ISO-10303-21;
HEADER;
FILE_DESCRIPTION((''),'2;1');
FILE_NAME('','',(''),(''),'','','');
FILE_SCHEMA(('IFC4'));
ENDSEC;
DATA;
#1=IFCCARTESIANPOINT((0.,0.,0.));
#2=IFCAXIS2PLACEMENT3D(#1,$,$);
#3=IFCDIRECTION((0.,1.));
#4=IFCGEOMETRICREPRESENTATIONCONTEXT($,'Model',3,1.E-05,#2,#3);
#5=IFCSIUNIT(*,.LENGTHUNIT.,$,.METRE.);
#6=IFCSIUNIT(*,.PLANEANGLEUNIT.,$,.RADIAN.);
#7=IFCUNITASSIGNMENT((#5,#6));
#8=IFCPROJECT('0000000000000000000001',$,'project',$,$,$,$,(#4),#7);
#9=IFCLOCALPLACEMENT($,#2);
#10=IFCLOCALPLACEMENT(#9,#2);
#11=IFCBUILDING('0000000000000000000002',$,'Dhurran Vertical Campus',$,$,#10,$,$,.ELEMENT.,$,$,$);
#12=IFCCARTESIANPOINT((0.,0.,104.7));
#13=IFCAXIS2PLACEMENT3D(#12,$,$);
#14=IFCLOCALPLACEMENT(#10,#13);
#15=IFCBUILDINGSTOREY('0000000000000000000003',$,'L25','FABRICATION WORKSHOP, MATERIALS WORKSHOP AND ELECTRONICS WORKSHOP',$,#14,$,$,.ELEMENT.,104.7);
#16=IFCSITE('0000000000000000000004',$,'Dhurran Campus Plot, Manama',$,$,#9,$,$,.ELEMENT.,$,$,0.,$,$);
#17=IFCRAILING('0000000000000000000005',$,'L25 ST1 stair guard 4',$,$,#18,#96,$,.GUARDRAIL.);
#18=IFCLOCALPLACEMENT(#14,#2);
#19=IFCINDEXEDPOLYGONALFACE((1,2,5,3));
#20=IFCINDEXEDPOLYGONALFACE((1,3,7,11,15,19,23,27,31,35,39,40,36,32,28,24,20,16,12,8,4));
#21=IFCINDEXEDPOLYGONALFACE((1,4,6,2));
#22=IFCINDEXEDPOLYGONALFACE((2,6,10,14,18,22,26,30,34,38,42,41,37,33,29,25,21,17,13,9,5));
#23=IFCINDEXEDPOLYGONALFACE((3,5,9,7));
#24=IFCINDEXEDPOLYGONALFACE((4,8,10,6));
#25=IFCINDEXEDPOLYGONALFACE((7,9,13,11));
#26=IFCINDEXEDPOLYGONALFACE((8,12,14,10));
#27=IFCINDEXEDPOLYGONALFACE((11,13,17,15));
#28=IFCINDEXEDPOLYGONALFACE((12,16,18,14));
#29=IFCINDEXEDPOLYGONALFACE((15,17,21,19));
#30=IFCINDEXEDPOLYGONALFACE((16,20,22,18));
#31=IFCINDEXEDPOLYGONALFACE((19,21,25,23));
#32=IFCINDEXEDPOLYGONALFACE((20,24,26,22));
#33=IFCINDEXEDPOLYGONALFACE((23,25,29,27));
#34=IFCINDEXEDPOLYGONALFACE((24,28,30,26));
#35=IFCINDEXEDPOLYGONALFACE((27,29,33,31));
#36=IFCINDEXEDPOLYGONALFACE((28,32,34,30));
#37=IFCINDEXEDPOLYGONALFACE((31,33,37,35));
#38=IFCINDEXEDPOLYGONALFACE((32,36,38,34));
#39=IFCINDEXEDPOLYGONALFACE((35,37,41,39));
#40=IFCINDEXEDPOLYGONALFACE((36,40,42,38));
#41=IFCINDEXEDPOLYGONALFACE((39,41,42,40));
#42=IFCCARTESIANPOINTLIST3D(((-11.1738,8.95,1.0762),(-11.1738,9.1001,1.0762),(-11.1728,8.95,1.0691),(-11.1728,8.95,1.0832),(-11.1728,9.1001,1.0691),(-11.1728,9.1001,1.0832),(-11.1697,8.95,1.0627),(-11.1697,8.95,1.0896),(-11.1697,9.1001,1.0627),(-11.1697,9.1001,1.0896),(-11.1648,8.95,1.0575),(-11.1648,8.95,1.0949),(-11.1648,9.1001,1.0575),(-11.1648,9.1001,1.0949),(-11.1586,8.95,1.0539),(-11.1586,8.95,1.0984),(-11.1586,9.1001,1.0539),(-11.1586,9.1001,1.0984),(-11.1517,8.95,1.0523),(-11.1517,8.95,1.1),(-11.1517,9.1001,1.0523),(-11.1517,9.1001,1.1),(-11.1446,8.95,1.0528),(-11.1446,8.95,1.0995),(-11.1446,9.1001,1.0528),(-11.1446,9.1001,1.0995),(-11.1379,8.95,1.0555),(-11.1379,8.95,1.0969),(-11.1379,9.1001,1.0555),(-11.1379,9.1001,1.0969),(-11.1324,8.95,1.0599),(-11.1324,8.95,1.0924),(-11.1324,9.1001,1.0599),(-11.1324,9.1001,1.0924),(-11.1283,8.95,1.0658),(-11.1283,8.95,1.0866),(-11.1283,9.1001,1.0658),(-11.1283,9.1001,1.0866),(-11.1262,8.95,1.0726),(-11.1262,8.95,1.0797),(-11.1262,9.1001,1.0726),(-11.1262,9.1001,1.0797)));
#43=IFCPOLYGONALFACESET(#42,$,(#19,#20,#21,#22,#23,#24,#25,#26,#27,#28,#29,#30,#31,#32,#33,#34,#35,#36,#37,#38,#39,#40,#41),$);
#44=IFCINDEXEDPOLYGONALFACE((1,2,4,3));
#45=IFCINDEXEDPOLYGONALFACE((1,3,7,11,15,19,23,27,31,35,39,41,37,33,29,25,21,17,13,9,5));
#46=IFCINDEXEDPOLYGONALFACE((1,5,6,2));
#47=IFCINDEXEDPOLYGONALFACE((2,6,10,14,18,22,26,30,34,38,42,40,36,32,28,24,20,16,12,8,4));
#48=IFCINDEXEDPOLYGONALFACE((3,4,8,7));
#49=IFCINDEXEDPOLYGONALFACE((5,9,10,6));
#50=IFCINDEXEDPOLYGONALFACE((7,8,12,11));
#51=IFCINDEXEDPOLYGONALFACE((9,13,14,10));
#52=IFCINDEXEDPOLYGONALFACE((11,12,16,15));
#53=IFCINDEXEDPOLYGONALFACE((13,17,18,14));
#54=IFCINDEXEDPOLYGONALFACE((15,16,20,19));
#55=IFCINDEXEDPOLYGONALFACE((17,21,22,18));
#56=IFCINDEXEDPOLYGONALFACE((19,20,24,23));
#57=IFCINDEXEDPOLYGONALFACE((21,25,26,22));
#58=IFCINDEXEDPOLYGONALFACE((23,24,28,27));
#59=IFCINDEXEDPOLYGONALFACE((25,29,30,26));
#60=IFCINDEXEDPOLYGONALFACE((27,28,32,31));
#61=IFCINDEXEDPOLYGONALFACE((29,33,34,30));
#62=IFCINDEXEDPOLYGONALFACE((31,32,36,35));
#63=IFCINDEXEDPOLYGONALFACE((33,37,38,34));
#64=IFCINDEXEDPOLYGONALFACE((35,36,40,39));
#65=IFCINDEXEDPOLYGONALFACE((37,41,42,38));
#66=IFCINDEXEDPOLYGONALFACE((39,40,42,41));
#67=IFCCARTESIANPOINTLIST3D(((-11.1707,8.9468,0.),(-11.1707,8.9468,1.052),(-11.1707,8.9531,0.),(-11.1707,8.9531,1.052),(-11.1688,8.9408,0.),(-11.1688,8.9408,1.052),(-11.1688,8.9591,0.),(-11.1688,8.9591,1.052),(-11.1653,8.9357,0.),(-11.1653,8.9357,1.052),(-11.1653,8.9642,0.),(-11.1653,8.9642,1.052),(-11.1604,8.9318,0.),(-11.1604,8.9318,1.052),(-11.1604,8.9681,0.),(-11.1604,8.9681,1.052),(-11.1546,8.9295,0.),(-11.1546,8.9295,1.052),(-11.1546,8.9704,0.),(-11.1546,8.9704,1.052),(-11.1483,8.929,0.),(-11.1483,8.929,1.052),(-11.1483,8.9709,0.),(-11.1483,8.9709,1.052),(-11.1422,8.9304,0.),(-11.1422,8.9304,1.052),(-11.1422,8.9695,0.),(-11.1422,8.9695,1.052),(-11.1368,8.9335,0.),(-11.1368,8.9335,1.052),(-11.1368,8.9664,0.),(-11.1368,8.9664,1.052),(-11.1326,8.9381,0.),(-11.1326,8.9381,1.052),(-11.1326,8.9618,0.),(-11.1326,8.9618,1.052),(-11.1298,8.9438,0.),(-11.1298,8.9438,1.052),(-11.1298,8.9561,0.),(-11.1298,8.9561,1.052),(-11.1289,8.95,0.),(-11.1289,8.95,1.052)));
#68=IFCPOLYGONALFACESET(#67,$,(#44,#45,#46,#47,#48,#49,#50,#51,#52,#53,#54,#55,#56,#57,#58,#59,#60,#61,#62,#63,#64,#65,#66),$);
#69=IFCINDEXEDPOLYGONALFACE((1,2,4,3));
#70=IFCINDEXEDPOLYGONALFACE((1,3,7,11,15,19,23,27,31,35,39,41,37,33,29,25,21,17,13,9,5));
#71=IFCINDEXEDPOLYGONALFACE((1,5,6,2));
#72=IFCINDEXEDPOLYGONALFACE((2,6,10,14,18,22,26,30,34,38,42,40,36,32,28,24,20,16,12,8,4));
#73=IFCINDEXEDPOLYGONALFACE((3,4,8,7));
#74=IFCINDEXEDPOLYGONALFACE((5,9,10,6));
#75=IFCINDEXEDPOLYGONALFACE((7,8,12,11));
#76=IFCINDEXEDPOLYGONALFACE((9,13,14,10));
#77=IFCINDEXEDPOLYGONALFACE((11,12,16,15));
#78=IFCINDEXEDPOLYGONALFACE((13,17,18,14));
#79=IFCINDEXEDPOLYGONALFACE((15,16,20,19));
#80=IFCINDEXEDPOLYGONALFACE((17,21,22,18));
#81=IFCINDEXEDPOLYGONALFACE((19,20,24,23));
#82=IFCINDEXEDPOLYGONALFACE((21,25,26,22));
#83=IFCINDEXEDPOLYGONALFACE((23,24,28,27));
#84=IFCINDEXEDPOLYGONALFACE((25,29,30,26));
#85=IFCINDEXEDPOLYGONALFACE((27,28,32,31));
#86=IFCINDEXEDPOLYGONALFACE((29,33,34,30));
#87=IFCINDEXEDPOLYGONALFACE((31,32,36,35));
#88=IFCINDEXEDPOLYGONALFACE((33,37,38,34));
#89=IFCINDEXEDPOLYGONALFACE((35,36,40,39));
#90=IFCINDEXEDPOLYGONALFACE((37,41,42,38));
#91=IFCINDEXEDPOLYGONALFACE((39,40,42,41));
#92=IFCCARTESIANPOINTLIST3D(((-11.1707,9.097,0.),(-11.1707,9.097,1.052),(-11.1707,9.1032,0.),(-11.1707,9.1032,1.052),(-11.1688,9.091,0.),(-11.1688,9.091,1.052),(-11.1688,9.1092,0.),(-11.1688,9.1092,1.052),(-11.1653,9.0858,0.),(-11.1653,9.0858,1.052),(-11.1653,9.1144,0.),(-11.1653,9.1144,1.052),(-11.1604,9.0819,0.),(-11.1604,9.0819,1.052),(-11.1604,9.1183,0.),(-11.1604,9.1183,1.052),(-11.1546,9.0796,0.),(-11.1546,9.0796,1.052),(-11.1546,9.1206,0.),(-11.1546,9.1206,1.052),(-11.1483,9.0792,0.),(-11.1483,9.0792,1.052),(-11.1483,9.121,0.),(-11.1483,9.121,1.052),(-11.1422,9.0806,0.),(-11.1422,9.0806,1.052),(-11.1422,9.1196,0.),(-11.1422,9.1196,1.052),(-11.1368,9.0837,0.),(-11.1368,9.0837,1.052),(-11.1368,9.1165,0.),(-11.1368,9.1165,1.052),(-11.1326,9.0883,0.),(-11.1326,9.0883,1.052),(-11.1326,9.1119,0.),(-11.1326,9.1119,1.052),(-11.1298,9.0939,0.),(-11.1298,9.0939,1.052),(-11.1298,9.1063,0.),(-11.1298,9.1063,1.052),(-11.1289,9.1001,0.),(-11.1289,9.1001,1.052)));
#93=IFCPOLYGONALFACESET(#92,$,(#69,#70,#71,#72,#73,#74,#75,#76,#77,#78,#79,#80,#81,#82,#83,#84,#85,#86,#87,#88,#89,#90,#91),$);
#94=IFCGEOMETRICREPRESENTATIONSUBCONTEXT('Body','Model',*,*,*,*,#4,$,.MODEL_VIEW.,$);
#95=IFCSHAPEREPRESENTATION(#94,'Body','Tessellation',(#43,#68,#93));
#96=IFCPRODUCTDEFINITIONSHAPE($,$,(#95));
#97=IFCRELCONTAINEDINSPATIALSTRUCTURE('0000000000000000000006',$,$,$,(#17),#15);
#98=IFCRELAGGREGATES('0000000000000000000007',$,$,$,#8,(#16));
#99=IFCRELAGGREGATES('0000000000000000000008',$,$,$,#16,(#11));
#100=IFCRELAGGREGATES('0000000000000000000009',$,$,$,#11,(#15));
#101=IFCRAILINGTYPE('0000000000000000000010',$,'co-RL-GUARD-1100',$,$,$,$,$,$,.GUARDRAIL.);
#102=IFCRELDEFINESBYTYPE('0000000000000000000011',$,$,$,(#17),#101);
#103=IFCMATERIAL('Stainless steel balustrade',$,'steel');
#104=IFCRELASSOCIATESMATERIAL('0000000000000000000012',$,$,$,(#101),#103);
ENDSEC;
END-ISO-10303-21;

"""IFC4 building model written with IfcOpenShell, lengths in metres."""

from ifc_helpers import new_model, si_unit, direction, frame, origin, origin_2d, place, context, subcontext, project, spatial, circle, extrude, material, type_object, element, save


model = new_model("IFC4")

# Units and contexts
model_context = context("Model", 3, precision=1e-05, world=origin(), true_north=direction((0.0, 1.0)))
body_context = subcontext(model_context, "Body", "Model", "MODEL_VIEW")
ifc_project = project(units=[si_unit("LENGTHUNIT", "METRE"), si_unit("PLANEANGLEUNIT", "RADIAN")], contexts=[model_context])

# Site, building, storey
site_placement = place(None, origin())
site = spatial("IfcSite", under=ifc_project, at=site_placement, Name="Dhurran Campus Plot, Manama", CompositionType="ELEMENT", RefElevation=0.0)
building_placement = place(site_placement, origin())
building = spatial("IfcBuilding", under=site, at=building_placement, Name="Dhurran Vertical Campus", CompositionType="ELEMENT")
storey_placement = place(building_placement, frame((0.0, 0.0, 104.7)))
storey = spatial("IfcBuildingStorey", under=building, at=storey_placement, Name="L25", Description="FABRICATION WORKSHOP, MATERIALS WORKSHOP AND ELECTRONICS WORKSHOP", CompositionType="ELEMENT", Elevation=104.7)

# Railing
ifc_material_1 = material(Name="Stainless steel balustrade", Category="steel")
railing_type_1 = type_object("IfcRailingType", Name="co-RL-GUARD-1100", PredefinedType="GUARDRAIL", material=ifc_material_1)
railing_1_placement = place(storey_placement, frame((-11.1499, 8.95, 0.0)))
element("IfcRailing", 1, at=railing_1_placement, inside=storey, type_object=railing_type_1, Name="L25 ST1 stair guard 4", PredefinedType="GUARDRAIL", context=body_context, shape_type="SweptSolid", body=[
    extrude(circle(Radius=0.0239, at=origin_2d()), frame((0.0, 0.0, 1.0762), z_axis=(0.0, 1.0, 0.0), x_axis=(-1.0, 0.0, 0.0)), (0.0, 0.0, 1.0), 0.1501),
    extrude(circle(Radius=0.021, at=origin_2d()), origin(), (0.0, 0.0, 1.0), 1.052),
    extrude(circle(Radius=0.021, at=origin_2d()), frame((0.0, 0.1501, 0.0)), (0.0, 0.0, 1.0), 1.052),
])

save(model, "model.ifc")
